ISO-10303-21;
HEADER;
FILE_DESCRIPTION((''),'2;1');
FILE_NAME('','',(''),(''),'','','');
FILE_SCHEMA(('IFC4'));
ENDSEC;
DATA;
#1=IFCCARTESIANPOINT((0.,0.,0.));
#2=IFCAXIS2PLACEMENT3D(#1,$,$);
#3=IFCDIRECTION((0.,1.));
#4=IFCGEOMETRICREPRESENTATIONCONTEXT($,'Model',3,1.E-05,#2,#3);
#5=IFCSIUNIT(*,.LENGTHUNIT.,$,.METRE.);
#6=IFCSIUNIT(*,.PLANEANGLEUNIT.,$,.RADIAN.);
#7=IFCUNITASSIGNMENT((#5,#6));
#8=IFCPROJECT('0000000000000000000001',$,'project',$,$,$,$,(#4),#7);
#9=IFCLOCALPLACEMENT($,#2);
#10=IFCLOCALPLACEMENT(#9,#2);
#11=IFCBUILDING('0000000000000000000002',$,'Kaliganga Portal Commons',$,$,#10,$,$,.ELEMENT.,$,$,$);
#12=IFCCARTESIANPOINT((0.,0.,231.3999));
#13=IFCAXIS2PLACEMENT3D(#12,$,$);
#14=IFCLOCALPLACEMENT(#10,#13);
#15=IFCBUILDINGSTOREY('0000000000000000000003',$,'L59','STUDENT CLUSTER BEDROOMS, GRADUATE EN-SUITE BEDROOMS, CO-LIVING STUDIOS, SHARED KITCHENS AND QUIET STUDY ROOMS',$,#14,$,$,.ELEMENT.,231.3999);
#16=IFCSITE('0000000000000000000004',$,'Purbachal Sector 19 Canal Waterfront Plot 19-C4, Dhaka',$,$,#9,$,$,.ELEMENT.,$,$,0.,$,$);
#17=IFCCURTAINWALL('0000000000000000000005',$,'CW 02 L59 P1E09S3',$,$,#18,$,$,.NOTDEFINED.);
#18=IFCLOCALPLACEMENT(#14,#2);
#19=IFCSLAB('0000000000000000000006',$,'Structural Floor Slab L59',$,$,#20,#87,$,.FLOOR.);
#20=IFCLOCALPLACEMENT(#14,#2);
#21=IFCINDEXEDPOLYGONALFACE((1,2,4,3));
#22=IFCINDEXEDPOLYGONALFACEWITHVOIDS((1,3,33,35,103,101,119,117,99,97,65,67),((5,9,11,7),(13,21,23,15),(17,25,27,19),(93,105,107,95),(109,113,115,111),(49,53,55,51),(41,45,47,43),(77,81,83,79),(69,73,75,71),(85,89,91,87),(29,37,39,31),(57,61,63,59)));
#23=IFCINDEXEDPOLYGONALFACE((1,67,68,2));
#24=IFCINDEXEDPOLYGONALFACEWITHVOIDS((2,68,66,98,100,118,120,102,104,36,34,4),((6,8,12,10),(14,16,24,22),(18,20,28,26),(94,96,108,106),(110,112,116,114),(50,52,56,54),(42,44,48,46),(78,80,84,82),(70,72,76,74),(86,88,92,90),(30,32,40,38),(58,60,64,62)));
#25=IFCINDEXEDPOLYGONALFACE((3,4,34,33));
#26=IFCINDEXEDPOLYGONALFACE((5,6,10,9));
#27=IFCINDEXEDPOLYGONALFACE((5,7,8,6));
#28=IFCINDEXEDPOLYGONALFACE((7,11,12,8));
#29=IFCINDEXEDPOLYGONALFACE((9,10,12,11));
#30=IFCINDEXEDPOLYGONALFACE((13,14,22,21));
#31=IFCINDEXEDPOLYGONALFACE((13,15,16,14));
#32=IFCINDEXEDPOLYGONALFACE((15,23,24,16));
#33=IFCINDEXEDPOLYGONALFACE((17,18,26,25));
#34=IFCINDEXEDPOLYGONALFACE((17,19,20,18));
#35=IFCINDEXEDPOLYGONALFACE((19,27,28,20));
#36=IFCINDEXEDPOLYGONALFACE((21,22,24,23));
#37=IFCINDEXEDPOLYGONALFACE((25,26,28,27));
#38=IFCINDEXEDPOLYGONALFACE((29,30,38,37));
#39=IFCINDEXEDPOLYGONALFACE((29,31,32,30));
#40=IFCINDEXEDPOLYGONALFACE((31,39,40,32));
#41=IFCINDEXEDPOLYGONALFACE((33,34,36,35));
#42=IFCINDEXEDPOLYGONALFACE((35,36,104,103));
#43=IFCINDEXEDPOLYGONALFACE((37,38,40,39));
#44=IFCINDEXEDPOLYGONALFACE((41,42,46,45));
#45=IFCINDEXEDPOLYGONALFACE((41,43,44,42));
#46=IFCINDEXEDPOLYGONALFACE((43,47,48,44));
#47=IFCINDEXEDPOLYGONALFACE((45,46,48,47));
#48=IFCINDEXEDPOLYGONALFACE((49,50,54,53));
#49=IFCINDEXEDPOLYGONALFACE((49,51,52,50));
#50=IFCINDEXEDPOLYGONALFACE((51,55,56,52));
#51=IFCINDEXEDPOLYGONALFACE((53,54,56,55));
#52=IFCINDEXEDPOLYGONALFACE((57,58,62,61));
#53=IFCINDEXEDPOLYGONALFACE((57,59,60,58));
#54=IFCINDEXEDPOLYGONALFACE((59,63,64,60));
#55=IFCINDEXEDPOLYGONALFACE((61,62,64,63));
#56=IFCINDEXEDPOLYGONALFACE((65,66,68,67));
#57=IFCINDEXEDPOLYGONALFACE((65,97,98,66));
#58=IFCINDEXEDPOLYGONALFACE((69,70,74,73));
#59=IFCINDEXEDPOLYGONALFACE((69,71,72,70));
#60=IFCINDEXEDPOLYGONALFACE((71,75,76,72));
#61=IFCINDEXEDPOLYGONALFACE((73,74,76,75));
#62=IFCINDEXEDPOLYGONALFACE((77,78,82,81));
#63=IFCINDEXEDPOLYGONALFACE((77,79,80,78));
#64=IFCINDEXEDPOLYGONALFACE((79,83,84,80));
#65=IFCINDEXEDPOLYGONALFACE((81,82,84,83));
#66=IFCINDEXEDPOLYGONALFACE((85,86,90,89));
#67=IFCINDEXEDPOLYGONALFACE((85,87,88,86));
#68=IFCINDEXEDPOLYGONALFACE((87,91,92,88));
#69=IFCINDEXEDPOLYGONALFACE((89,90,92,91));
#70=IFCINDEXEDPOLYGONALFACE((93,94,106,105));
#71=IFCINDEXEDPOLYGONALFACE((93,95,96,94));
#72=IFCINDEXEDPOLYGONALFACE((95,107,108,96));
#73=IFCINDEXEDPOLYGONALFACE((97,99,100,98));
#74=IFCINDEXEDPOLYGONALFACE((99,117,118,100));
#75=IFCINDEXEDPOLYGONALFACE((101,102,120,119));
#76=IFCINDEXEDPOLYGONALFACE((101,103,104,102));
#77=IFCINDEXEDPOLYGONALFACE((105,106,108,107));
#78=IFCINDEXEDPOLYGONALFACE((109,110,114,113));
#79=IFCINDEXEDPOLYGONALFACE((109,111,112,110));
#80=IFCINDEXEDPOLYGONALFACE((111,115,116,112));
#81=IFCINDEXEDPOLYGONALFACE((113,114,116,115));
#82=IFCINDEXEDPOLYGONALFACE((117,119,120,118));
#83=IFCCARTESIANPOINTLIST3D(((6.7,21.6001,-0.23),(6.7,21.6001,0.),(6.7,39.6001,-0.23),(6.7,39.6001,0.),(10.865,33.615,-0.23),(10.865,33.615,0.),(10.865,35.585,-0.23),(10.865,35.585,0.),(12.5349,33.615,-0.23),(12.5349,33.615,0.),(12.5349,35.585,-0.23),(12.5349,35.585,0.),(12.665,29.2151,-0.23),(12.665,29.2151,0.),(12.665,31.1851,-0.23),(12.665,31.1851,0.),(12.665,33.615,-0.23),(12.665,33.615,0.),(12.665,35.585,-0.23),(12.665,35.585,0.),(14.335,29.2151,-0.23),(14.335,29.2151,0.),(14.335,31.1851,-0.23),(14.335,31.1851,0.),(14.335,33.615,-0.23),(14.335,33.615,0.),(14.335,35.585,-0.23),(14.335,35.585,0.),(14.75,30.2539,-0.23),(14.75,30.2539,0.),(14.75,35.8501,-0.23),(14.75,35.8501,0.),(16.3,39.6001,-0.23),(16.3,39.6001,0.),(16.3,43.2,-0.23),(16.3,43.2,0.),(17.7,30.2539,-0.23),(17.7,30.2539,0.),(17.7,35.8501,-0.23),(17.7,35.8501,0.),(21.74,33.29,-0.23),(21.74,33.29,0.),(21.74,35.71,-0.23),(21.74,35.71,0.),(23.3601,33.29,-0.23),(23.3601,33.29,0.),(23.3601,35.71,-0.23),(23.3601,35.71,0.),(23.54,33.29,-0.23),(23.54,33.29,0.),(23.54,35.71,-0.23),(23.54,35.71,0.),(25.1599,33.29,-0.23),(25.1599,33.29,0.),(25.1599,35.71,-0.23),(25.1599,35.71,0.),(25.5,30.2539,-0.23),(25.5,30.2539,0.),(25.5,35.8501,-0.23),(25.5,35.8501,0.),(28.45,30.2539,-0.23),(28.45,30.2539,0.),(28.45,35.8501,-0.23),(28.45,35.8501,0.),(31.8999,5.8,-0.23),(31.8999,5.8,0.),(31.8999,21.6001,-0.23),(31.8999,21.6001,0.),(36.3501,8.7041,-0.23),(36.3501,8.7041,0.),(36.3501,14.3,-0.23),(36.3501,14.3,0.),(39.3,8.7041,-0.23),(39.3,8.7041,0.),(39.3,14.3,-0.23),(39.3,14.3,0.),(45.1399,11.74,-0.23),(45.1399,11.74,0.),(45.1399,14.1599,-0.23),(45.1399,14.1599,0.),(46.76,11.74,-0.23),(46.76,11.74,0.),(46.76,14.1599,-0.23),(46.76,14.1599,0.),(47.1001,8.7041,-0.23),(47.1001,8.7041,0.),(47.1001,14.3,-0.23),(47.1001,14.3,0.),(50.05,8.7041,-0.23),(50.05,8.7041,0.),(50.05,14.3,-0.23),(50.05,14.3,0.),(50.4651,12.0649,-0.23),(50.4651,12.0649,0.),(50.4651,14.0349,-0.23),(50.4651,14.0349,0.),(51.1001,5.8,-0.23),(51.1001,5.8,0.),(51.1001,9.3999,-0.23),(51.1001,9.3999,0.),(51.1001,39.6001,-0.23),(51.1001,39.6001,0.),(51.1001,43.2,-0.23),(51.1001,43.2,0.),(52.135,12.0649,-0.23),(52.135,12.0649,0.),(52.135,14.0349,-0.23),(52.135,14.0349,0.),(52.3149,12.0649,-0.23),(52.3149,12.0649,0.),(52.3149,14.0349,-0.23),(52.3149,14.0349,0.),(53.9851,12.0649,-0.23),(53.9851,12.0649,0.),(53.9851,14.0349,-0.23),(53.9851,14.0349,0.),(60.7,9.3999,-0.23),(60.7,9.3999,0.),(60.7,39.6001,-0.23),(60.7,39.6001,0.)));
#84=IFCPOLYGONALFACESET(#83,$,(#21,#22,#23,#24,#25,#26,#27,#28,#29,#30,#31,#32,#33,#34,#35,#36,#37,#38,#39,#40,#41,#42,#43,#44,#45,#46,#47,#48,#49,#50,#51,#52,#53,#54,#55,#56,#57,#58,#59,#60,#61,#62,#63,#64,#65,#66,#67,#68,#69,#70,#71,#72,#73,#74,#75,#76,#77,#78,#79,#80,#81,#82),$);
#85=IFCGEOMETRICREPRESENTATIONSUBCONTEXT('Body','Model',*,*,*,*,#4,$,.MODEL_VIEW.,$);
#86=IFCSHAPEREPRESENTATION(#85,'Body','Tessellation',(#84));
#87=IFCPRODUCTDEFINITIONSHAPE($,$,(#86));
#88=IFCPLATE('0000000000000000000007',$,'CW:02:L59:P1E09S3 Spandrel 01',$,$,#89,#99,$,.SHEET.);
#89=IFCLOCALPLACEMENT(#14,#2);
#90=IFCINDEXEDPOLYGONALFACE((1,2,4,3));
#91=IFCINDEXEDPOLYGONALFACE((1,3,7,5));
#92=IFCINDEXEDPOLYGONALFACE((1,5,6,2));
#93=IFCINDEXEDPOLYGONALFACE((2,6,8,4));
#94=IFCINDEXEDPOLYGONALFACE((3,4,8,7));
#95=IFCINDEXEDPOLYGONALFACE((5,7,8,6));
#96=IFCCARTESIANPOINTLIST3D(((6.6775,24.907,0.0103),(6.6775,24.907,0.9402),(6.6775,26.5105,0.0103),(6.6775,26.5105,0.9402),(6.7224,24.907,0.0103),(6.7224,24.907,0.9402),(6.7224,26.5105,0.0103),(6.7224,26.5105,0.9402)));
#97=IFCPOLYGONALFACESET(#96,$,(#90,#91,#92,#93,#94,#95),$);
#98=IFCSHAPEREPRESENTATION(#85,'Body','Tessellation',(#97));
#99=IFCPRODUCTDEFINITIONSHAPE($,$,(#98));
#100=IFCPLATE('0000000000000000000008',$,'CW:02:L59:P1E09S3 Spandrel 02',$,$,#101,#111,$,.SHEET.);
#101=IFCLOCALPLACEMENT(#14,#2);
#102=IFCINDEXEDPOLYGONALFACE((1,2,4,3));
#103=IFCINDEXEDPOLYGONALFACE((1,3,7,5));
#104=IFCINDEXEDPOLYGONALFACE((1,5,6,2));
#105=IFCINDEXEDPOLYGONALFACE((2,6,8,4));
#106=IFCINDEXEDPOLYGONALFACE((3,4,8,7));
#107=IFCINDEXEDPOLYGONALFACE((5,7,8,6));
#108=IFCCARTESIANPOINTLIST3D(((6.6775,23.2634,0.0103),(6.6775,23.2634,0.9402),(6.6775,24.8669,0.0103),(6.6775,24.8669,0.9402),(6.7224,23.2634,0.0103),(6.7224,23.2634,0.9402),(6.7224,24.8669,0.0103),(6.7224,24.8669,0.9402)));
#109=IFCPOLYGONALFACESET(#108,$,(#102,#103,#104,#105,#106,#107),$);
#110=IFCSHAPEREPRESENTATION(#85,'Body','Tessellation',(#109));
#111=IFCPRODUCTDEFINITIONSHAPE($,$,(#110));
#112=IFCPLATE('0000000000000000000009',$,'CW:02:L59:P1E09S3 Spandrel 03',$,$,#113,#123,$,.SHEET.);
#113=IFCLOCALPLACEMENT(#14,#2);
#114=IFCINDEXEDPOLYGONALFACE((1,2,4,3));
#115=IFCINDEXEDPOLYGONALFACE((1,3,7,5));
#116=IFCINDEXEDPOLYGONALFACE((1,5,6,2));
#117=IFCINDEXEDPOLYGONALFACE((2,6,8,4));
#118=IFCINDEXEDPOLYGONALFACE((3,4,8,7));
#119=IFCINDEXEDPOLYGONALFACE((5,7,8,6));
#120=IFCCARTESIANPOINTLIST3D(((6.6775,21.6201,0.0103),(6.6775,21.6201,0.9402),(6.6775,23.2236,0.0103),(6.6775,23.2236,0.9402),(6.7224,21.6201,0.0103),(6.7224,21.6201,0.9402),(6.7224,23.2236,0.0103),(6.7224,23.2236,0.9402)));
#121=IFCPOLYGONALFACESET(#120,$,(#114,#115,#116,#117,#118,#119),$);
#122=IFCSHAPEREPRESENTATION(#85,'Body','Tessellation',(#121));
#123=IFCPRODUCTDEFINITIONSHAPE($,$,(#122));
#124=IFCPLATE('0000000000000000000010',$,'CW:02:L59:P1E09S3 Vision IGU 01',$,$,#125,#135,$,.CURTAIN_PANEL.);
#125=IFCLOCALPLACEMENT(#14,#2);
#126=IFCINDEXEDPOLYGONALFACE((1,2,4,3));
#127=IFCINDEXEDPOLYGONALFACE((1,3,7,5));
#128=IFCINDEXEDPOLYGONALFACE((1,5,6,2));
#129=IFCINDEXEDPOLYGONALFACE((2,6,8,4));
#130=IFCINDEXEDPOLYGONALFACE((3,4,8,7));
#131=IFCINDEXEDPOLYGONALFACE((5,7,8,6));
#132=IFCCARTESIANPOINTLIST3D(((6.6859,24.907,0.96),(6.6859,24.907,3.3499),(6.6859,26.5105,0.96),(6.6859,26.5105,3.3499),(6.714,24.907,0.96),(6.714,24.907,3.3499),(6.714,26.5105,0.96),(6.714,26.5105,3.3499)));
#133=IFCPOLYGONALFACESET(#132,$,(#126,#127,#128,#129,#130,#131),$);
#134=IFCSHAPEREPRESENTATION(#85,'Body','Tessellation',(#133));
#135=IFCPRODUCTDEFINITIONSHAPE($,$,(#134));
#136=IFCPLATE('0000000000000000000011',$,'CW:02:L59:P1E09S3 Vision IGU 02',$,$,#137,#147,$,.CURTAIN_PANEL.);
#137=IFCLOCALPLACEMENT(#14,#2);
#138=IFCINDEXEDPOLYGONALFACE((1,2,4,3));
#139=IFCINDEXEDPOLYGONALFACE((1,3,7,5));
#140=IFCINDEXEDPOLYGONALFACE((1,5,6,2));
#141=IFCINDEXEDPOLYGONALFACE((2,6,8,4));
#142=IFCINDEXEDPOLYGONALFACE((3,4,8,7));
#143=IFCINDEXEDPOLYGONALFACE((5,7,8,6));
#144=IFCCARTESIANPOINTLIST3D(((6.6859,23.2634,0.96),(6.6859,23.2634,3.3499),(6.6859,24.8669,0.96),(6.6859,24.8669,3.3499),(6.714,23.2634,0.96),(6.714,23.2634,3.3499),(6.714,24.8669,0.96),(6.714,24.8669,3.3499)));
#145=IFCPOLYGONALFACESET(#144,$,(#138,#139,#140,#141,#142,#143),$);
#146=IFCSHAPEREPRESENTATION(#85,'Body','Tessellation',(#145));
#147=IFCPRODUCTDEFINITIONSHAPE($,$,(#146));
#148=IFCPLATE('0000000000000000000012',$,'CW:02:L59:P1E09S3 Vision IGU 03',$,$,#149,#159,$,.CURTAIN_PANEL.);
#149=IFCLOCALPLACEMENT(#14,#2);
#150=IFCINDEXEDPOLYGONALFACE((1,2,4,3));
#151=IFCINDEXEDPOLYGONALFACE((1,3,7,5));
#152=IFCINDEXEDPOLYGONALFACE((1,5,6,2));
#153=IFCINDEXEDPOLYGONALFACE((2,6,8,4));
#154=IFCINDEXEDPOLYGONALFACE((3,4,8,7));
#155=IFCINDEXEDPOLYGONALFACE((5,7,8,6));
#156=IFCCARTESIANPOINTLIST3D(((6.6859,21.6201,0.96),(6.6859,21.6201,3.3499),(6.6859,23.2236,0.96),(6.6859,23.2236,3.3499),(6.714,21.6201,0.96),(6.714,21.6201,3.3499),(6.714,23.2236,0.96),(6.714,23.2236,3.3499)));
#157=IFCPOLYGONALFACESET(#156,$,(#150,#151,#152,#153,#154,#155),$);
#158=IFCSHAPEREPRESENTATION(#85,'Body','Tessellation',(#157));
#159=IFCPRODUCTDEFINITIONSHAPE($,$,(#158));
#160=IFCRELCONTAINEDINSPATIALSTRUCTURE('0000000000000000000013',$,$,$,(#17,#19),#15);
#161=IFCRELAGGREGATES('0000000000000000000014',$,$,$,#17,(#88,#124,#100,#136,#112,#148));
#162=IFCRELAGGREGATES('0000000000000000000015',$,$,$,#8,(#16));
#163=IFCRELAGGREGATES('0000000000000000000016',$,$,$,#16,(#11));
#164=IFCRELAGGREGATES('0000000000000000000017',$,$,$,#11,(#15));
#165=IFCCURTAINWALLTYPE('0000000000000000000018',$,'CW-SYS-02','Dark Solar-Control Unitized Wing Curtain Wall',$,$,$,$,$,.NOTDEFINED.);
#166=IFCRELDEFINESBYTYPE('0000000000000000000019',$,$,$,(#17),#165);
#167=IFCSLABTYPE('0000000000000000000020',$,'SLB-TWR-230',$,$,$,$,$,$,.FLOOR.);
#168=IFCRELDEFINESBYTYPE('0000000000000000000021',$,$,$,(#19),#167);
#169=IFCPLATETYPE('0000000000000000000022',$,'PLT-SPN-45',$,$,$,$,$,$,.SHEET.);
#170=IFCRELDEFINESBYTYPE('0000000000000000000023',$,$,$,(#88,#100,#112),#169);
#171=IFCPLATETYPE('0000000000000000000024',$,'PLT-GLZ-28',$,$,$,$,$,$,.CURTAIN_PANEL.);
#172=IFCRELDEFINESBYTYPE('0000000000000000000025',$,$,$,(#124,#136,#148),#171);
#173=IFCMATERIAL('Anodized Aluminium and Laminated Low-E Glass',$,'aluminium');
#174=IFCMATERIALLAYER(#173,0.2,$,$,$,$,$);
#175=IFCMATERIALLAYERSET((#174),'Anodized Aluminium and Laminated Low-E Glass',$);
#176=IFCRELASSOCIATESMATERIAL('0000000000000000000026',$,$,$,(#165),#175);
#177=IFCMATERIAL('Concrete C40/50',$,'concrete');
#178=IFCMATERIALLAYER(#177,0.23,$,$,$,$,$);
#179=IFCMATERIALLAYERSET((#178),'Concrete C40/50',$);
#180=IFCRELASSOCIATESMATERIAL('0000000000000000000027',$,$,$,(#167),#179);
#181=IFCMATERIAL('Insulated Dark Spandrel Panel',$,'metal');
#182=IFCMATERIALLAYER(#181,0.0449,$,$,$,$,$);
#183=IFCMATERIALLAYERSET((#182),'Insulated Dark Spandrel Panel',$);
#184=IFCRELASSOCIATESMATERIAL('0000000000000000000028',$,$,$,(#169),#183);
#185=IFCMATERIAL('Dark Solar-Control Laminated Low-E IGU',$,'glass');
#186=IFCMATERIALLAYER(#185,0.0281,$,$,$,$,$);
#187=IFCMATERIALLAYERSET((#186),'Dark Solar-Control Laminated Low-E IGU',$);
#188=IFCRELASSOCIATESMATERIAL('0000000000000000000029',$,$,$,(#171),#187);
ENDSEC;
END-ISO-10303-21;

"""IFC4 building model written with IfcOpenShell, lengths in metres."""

from ifc_helpers import new_model, si_unit, direction, frame, origin, origin_2d, place, context, subcontext, project, spatial, polyline, rectangle, outline, extrude, source, transform, mapped, material, layer, layer_set, type_object, element, aggregate, save


model = new_model("IFC4")

# Units and contexts
model_context = context("Model", 3, precision=1e-05, world=origin(), true_north=direction((0.0, 1.0)))
body_context = subcontext(model_context, "Body", "Model", "MODEL_VIEW")
ifc_project = project(units=[si_unit("LENGTHUNIT", "METRE"), si_unit("PLANEANGLEUNIT", "RADIAN")], contexts=[model_context])

# Site, building, storey
site_placement = place(None, origin())
site = spatial("IfcSite", under=ifc_project, at=site_placement, Name="Purbachal Sector 19 Canal Waterfront Plot 19-C4, Dhaka", CompositionType="ELEMENT", RefElevation=0.0)
building_placement = place(site_placement, origin())
building = spatial("IfcBuilding", under=site, at=building_placement, Name="Kaliganga Portal Commons", CompositionType="ELEMENT")
storey_placement = place(building_placement, frame((0.0, 0.0, 231.3999)))
storey = spatial("IfcBuildingStorey", under=building, at=storey_placement, Name="L59", Description="STUDENT CLUSTER BEDROOMS, GRADUATE EN-SUITE BEDROOMS, CO-LIVING STUDIOS, SHARED KITCHENS AND QUIET STUDY ROOMS", CompositionType="ELEMENT", Elevation=231.3999)

# Curtain wall
ifc_material_1 = material(Name="Anodized Aluminium and Laminated Low-E Glass", Category="aluminium")
ifc_layer_1 = layer(ifc_material_1, 0.2)
ifc_layer_set_1 = layer_set([ifc_layer_1], Name="Anodized Aluminium and Laminated Low-E Glass")
curtain_wall_type = type_object("IfcCurtainWallType", Name="CW-SYS-02", Description="Dark Solar-Control Unitized Wing Curtain Wall", PredefinedType="NOTDEFINED", material=ifc_layer_set_1)
curtain_wall_placement = place(storey_placement, origin())
curtain_wall = element("IfcCurtainWall", 1, at=curtain_wall_placement, inside=storey, type_object=curtain_wall_type, Name="CW 02 L59 P1E09S3", PredefinedType="NOTDEFINED")

# Shared definitions
ifc_material_2 = material(Name="Concrete C40/50", Category="concrete")

# Slab
ifc_layer_2 = layer(ifc_material_2, 0.23)
ifc_layer_set_2 = layer_set([ifc_layer_2], Name="Concrete C40/50")
slab_type_1 = type_object("IfcSlabType", Name="SLB-TWR-230", PredefinedType="FLOOR", material=ifc_layer_set_2)
slab_1_placement = place(storey_placement, frame((0.0, 0.0, -0.23)))
element("IfcSlab", 2, at=slab_1_placement, inside=storey, type_object=slab_type_1, Name="Structural Floor Slab L59", PredefinedType="FLOOR", context=body_context, shape_type="SweptSolid", body=[
    extrude(outline(polyline([(31.8999, 5.8), (51.1001, 5.8), (51.1001, 9.3999), (60.7, 9.3999), (60.7, 39.6001), (51.1001, 39.6001), (51.1001, 43.2), (16.3, 43.2), (16.3, 39.6001), (6.7, 39.6001), (6.7, 21.6001), (31.8999, 21.6001), (31.8999, 5.8)]), holes=[polyline([(14.75, 30.2539), (14.75, 35.8501), (17.7, 35.8501), (17.7, 30.2539), (14.75, 30.2539)]), polyline([(25.5, 30.2539), (25.5, 35.8501), (28.45, 35.8501), (28.45, 30.2539), (25.5, 30.2539)]), polyline([(36.3501, 8.7041), (36.3501, 14.3), (39.3, 14.3), (39.3, 8.7041), (36.3501, 8.7041)]), polyline([(47.1001, 8.7041), (47.1001, 14.3), (50.05, 14.3), (50.05, 8.7041), (47.1001, 8.7041)]), polyline([(12.665, 33.615), (12.665, 35.585), (14.335, 35.585), (14.335, 33.615), (12.665, 33.615)]), polyline([(12.665, 29.2151), (12.665, 31.1851), (14.335, 31.1851), (14.335, 29.2151), (12.665, 29.2151)]), polyline([(10.865, 33.615), (10.865, 35.585), (12.5349, 35.585), (12.5349, 33.615), (10.865, 33.615)]), polyline([(21.74, 33.29), (21.74, 35.71), (23.3601, 35.71), (23.3601, 33.29), (21.74, 33.29)]), polyline([(23.54, 33.29), (23.54, 35.71), (25.1599, 35.71), (25.1599, 33.29), (23.54, 33.29)]), polyline([(50.4651, 12.0649), (50.4651, 14.0349), (52.135, 14.0349), (52.135, 12.0649), (50.4651, 12.0649)]), polyline([(52.3149, 12.0649), (52.3149, 14.0349), (53.9851, 14.0349), (53.9851, 12.0649), (52.3149, 12.0649)]), polyline([(45.1399, 11.74), (45.1399, 14.1599), (46.76, 14.1599), (46.76, 11.74), (45.1399, 11.74)])]), origin(), (0.0, 0.0, 1.0), 0.23),
])

# Plates
ifc_material_3 = material(Name="Insulated Dark Spandrel Panel", Category="metal")
ifc_layer_3 = layer(ifc_material_3, 0.0449)
ifc_layer_set_3 = layer_set([ifc_layer_3], Name="Insulated Dark Spandrel Panel")
plate_type_1 = type_object("IfcPlateType", Name="PLT-SPN-45", PredefinedType="SHEET", material=ifc_layer_set_3)
shared_shape_1 = source(origin(), body_context, "Body", "SweptSolid", [
    extrude(rectangle(XDim=1.6035, YDim=0.0449, at=origin_2d()), origin(), (0.0, 0.0, 1.0), 0.9299),
])
plate_1_placement = place(storey_placement, frame((6.7, 25.7087, 0.0103), z_axis=(0.0, 0.0, 1.0), x_axis=(0.0, -1.0, 0.0)))
plate_1 = element("IfcPlate", 3, at=plate_1_placement, type_object=plate_type_1, Name="CW:02:L59:P1E09S3 Spandrel 01", PredefinedType="SHEET", context=body_context, shape_type="MappedRepresentation", body=[
    mapped(shared_shape_1, transform((0.0, 0.0, 0.0), x_axis=(1.0, 0.0, 0.0), y_axis=(0.0, 1.0, 0.0), z_axis=(0.0, 0.0, 1.0), scale=1.0)),
])
plate_2_placement = place(storey_placement, frame((6.7, 24.0652, 0.0103), z_axis=(0.0, 0.0, 1.0), x_axis=(0.0, -1.0, 0.0)))
plate_2 = element("IfcPlate", 4, at=plate_2_placement, type_object=plate_type_1, Name="CW:02:L59:P1E09S3 Spandrel 02", PredefinedType="SHEET", context=body_context, shape_type="MappedRepresentation", body=[
    mapped(shared_shape_1, transform((0.0, 0.0, 0.0), x_axis=(1.0, 0.0, 0.0), y_axis=(0.0, 1.0, 0.0), z_axis=(0.0, 0.0, 1.0), scale=1.0)),
])
plate_3_placement = place(storey_placement, frame((6.7, 22.4219, 0.0103), z_axis=(0.0, 0.0, 1.0), x_axis=(0.0, -1.0, 0.0)))
plate_3 = element("IfcPlate", 5, at=plate_3_placement, type_object=plate_type_1, Name="CW:02:L59:P1E09S3 Spandrel 03", PredefinedType="SHEET", context=body_context, shape_type="MappedRepresentation", body=[
    mapped(shared_shape_1, transform((0.0, 0.0, 0.0), x_axis=(1.0, 0.0, 0.0), y_axis=(0.0, 1.0, 0.0), z_axis=(0.0, 0.0, 1.0), scale=1.0)),
])
ifc_material_4 = material(Name="Dark Solar-Control Laminated Low-E IGU", Category="glass")
ifc_layer_4 = layer(ifc_material_4, 0.0281)
ifc_layer_set_4 = layer_set([ifc_layer_4], Name="Dark Solar-Control Laminated Low-E IGU")
plate_type_2 = type_object("IfcPlateType", Name="PLT-GLZ-28", PredefinedType="CURTAIN_PANEL", material=ifc_layer_set_4)
shared_shape_2 = source(origin(), body_context, "Body", "SweptSolid", [
    extrude(rectangle(XDim=1.6035, YDim=0.0281, at=origin_2d()), origin(), (0.0, 0.0, 1.0), 2.3899),
])
plate_4_placement = place(storey_placement, frame((6.7, 25.7087, 0.96), z_axis=(0.0, 0.0, 1.0), x_axis=(0.0, -1.0, 0.0)))
plate_4 = element("IfcPlate", 6, at=plate_4_placement, type_object=plate_type_2, Name="CW:02:L59:P1E09S3 Vision IGU 01", PredefinedType="CURTAIN_PANEL", context=body_context, shape_type="MappedRepresentation", body=[
    mapped(shared_shape_2, transform((0.0, 0.0, 0.0), x_axis=(1.0, 0.0, 0.0), y_axis=(0.0, 1.0, 0.0), z_axis=(0.0, 0.0, 1.0), scale=1.0)),
])
plate_5_placement = place(storey_placement, frame((6.7, 24.0652, 0.96), z_axis=(0.0, 0.0, 1.0), x_axis=(0.0, -1.0, 0.0)))
plate_5 = element("IfcPlate", 7, at=plate_5_placement, type_object=plate_type_2, Name="CW:02:L59:P1E09S3 Vision IGU 02", PredefinedType="CURTAIN_PANEL", context=body_context, shape_type="MappedRepresentation", body=[
    mapped(shared_shape_2, transform((0.0, 0.0, 0.0), x_axis=(1.0, 0.0, 0.0), y_axis=(0.0, 1.0, 0.0), z_axis=(0.0, 0.0, 1.0), scale=1.0)),
])
plate_6_placement = place(storey_placement, frame((6.7, 22.4219, 0.96), z_axis=(0.0, 0.0, 1.0), x_axis=(0.0, -1.0, 0.0)))
plate_6 = element("IfcPlate", 8, at=plate_6_placement, type_object=plate_type_2, Name="CW:02:L59:P1E09S3 Vision IGU 03", PredefinedType="CURTAIN_PANEL", context=body_context, shape_type="MappedRepresentation", body=[
    mapped(shared_shape_2, transform((0.0, 0.0, 0.0), x_axis=(1.0, 0.0, 0.0), y_axis=(0.0, 1.0, 0.0), z_axis=(0.0, 0.0, 1.0), scale=1.0)),
])
aggregate(curtain_wall, [plate_1, plate_4, plate_2, plate_5, plate_3, plate_6])

save(model, "model.ifc")
